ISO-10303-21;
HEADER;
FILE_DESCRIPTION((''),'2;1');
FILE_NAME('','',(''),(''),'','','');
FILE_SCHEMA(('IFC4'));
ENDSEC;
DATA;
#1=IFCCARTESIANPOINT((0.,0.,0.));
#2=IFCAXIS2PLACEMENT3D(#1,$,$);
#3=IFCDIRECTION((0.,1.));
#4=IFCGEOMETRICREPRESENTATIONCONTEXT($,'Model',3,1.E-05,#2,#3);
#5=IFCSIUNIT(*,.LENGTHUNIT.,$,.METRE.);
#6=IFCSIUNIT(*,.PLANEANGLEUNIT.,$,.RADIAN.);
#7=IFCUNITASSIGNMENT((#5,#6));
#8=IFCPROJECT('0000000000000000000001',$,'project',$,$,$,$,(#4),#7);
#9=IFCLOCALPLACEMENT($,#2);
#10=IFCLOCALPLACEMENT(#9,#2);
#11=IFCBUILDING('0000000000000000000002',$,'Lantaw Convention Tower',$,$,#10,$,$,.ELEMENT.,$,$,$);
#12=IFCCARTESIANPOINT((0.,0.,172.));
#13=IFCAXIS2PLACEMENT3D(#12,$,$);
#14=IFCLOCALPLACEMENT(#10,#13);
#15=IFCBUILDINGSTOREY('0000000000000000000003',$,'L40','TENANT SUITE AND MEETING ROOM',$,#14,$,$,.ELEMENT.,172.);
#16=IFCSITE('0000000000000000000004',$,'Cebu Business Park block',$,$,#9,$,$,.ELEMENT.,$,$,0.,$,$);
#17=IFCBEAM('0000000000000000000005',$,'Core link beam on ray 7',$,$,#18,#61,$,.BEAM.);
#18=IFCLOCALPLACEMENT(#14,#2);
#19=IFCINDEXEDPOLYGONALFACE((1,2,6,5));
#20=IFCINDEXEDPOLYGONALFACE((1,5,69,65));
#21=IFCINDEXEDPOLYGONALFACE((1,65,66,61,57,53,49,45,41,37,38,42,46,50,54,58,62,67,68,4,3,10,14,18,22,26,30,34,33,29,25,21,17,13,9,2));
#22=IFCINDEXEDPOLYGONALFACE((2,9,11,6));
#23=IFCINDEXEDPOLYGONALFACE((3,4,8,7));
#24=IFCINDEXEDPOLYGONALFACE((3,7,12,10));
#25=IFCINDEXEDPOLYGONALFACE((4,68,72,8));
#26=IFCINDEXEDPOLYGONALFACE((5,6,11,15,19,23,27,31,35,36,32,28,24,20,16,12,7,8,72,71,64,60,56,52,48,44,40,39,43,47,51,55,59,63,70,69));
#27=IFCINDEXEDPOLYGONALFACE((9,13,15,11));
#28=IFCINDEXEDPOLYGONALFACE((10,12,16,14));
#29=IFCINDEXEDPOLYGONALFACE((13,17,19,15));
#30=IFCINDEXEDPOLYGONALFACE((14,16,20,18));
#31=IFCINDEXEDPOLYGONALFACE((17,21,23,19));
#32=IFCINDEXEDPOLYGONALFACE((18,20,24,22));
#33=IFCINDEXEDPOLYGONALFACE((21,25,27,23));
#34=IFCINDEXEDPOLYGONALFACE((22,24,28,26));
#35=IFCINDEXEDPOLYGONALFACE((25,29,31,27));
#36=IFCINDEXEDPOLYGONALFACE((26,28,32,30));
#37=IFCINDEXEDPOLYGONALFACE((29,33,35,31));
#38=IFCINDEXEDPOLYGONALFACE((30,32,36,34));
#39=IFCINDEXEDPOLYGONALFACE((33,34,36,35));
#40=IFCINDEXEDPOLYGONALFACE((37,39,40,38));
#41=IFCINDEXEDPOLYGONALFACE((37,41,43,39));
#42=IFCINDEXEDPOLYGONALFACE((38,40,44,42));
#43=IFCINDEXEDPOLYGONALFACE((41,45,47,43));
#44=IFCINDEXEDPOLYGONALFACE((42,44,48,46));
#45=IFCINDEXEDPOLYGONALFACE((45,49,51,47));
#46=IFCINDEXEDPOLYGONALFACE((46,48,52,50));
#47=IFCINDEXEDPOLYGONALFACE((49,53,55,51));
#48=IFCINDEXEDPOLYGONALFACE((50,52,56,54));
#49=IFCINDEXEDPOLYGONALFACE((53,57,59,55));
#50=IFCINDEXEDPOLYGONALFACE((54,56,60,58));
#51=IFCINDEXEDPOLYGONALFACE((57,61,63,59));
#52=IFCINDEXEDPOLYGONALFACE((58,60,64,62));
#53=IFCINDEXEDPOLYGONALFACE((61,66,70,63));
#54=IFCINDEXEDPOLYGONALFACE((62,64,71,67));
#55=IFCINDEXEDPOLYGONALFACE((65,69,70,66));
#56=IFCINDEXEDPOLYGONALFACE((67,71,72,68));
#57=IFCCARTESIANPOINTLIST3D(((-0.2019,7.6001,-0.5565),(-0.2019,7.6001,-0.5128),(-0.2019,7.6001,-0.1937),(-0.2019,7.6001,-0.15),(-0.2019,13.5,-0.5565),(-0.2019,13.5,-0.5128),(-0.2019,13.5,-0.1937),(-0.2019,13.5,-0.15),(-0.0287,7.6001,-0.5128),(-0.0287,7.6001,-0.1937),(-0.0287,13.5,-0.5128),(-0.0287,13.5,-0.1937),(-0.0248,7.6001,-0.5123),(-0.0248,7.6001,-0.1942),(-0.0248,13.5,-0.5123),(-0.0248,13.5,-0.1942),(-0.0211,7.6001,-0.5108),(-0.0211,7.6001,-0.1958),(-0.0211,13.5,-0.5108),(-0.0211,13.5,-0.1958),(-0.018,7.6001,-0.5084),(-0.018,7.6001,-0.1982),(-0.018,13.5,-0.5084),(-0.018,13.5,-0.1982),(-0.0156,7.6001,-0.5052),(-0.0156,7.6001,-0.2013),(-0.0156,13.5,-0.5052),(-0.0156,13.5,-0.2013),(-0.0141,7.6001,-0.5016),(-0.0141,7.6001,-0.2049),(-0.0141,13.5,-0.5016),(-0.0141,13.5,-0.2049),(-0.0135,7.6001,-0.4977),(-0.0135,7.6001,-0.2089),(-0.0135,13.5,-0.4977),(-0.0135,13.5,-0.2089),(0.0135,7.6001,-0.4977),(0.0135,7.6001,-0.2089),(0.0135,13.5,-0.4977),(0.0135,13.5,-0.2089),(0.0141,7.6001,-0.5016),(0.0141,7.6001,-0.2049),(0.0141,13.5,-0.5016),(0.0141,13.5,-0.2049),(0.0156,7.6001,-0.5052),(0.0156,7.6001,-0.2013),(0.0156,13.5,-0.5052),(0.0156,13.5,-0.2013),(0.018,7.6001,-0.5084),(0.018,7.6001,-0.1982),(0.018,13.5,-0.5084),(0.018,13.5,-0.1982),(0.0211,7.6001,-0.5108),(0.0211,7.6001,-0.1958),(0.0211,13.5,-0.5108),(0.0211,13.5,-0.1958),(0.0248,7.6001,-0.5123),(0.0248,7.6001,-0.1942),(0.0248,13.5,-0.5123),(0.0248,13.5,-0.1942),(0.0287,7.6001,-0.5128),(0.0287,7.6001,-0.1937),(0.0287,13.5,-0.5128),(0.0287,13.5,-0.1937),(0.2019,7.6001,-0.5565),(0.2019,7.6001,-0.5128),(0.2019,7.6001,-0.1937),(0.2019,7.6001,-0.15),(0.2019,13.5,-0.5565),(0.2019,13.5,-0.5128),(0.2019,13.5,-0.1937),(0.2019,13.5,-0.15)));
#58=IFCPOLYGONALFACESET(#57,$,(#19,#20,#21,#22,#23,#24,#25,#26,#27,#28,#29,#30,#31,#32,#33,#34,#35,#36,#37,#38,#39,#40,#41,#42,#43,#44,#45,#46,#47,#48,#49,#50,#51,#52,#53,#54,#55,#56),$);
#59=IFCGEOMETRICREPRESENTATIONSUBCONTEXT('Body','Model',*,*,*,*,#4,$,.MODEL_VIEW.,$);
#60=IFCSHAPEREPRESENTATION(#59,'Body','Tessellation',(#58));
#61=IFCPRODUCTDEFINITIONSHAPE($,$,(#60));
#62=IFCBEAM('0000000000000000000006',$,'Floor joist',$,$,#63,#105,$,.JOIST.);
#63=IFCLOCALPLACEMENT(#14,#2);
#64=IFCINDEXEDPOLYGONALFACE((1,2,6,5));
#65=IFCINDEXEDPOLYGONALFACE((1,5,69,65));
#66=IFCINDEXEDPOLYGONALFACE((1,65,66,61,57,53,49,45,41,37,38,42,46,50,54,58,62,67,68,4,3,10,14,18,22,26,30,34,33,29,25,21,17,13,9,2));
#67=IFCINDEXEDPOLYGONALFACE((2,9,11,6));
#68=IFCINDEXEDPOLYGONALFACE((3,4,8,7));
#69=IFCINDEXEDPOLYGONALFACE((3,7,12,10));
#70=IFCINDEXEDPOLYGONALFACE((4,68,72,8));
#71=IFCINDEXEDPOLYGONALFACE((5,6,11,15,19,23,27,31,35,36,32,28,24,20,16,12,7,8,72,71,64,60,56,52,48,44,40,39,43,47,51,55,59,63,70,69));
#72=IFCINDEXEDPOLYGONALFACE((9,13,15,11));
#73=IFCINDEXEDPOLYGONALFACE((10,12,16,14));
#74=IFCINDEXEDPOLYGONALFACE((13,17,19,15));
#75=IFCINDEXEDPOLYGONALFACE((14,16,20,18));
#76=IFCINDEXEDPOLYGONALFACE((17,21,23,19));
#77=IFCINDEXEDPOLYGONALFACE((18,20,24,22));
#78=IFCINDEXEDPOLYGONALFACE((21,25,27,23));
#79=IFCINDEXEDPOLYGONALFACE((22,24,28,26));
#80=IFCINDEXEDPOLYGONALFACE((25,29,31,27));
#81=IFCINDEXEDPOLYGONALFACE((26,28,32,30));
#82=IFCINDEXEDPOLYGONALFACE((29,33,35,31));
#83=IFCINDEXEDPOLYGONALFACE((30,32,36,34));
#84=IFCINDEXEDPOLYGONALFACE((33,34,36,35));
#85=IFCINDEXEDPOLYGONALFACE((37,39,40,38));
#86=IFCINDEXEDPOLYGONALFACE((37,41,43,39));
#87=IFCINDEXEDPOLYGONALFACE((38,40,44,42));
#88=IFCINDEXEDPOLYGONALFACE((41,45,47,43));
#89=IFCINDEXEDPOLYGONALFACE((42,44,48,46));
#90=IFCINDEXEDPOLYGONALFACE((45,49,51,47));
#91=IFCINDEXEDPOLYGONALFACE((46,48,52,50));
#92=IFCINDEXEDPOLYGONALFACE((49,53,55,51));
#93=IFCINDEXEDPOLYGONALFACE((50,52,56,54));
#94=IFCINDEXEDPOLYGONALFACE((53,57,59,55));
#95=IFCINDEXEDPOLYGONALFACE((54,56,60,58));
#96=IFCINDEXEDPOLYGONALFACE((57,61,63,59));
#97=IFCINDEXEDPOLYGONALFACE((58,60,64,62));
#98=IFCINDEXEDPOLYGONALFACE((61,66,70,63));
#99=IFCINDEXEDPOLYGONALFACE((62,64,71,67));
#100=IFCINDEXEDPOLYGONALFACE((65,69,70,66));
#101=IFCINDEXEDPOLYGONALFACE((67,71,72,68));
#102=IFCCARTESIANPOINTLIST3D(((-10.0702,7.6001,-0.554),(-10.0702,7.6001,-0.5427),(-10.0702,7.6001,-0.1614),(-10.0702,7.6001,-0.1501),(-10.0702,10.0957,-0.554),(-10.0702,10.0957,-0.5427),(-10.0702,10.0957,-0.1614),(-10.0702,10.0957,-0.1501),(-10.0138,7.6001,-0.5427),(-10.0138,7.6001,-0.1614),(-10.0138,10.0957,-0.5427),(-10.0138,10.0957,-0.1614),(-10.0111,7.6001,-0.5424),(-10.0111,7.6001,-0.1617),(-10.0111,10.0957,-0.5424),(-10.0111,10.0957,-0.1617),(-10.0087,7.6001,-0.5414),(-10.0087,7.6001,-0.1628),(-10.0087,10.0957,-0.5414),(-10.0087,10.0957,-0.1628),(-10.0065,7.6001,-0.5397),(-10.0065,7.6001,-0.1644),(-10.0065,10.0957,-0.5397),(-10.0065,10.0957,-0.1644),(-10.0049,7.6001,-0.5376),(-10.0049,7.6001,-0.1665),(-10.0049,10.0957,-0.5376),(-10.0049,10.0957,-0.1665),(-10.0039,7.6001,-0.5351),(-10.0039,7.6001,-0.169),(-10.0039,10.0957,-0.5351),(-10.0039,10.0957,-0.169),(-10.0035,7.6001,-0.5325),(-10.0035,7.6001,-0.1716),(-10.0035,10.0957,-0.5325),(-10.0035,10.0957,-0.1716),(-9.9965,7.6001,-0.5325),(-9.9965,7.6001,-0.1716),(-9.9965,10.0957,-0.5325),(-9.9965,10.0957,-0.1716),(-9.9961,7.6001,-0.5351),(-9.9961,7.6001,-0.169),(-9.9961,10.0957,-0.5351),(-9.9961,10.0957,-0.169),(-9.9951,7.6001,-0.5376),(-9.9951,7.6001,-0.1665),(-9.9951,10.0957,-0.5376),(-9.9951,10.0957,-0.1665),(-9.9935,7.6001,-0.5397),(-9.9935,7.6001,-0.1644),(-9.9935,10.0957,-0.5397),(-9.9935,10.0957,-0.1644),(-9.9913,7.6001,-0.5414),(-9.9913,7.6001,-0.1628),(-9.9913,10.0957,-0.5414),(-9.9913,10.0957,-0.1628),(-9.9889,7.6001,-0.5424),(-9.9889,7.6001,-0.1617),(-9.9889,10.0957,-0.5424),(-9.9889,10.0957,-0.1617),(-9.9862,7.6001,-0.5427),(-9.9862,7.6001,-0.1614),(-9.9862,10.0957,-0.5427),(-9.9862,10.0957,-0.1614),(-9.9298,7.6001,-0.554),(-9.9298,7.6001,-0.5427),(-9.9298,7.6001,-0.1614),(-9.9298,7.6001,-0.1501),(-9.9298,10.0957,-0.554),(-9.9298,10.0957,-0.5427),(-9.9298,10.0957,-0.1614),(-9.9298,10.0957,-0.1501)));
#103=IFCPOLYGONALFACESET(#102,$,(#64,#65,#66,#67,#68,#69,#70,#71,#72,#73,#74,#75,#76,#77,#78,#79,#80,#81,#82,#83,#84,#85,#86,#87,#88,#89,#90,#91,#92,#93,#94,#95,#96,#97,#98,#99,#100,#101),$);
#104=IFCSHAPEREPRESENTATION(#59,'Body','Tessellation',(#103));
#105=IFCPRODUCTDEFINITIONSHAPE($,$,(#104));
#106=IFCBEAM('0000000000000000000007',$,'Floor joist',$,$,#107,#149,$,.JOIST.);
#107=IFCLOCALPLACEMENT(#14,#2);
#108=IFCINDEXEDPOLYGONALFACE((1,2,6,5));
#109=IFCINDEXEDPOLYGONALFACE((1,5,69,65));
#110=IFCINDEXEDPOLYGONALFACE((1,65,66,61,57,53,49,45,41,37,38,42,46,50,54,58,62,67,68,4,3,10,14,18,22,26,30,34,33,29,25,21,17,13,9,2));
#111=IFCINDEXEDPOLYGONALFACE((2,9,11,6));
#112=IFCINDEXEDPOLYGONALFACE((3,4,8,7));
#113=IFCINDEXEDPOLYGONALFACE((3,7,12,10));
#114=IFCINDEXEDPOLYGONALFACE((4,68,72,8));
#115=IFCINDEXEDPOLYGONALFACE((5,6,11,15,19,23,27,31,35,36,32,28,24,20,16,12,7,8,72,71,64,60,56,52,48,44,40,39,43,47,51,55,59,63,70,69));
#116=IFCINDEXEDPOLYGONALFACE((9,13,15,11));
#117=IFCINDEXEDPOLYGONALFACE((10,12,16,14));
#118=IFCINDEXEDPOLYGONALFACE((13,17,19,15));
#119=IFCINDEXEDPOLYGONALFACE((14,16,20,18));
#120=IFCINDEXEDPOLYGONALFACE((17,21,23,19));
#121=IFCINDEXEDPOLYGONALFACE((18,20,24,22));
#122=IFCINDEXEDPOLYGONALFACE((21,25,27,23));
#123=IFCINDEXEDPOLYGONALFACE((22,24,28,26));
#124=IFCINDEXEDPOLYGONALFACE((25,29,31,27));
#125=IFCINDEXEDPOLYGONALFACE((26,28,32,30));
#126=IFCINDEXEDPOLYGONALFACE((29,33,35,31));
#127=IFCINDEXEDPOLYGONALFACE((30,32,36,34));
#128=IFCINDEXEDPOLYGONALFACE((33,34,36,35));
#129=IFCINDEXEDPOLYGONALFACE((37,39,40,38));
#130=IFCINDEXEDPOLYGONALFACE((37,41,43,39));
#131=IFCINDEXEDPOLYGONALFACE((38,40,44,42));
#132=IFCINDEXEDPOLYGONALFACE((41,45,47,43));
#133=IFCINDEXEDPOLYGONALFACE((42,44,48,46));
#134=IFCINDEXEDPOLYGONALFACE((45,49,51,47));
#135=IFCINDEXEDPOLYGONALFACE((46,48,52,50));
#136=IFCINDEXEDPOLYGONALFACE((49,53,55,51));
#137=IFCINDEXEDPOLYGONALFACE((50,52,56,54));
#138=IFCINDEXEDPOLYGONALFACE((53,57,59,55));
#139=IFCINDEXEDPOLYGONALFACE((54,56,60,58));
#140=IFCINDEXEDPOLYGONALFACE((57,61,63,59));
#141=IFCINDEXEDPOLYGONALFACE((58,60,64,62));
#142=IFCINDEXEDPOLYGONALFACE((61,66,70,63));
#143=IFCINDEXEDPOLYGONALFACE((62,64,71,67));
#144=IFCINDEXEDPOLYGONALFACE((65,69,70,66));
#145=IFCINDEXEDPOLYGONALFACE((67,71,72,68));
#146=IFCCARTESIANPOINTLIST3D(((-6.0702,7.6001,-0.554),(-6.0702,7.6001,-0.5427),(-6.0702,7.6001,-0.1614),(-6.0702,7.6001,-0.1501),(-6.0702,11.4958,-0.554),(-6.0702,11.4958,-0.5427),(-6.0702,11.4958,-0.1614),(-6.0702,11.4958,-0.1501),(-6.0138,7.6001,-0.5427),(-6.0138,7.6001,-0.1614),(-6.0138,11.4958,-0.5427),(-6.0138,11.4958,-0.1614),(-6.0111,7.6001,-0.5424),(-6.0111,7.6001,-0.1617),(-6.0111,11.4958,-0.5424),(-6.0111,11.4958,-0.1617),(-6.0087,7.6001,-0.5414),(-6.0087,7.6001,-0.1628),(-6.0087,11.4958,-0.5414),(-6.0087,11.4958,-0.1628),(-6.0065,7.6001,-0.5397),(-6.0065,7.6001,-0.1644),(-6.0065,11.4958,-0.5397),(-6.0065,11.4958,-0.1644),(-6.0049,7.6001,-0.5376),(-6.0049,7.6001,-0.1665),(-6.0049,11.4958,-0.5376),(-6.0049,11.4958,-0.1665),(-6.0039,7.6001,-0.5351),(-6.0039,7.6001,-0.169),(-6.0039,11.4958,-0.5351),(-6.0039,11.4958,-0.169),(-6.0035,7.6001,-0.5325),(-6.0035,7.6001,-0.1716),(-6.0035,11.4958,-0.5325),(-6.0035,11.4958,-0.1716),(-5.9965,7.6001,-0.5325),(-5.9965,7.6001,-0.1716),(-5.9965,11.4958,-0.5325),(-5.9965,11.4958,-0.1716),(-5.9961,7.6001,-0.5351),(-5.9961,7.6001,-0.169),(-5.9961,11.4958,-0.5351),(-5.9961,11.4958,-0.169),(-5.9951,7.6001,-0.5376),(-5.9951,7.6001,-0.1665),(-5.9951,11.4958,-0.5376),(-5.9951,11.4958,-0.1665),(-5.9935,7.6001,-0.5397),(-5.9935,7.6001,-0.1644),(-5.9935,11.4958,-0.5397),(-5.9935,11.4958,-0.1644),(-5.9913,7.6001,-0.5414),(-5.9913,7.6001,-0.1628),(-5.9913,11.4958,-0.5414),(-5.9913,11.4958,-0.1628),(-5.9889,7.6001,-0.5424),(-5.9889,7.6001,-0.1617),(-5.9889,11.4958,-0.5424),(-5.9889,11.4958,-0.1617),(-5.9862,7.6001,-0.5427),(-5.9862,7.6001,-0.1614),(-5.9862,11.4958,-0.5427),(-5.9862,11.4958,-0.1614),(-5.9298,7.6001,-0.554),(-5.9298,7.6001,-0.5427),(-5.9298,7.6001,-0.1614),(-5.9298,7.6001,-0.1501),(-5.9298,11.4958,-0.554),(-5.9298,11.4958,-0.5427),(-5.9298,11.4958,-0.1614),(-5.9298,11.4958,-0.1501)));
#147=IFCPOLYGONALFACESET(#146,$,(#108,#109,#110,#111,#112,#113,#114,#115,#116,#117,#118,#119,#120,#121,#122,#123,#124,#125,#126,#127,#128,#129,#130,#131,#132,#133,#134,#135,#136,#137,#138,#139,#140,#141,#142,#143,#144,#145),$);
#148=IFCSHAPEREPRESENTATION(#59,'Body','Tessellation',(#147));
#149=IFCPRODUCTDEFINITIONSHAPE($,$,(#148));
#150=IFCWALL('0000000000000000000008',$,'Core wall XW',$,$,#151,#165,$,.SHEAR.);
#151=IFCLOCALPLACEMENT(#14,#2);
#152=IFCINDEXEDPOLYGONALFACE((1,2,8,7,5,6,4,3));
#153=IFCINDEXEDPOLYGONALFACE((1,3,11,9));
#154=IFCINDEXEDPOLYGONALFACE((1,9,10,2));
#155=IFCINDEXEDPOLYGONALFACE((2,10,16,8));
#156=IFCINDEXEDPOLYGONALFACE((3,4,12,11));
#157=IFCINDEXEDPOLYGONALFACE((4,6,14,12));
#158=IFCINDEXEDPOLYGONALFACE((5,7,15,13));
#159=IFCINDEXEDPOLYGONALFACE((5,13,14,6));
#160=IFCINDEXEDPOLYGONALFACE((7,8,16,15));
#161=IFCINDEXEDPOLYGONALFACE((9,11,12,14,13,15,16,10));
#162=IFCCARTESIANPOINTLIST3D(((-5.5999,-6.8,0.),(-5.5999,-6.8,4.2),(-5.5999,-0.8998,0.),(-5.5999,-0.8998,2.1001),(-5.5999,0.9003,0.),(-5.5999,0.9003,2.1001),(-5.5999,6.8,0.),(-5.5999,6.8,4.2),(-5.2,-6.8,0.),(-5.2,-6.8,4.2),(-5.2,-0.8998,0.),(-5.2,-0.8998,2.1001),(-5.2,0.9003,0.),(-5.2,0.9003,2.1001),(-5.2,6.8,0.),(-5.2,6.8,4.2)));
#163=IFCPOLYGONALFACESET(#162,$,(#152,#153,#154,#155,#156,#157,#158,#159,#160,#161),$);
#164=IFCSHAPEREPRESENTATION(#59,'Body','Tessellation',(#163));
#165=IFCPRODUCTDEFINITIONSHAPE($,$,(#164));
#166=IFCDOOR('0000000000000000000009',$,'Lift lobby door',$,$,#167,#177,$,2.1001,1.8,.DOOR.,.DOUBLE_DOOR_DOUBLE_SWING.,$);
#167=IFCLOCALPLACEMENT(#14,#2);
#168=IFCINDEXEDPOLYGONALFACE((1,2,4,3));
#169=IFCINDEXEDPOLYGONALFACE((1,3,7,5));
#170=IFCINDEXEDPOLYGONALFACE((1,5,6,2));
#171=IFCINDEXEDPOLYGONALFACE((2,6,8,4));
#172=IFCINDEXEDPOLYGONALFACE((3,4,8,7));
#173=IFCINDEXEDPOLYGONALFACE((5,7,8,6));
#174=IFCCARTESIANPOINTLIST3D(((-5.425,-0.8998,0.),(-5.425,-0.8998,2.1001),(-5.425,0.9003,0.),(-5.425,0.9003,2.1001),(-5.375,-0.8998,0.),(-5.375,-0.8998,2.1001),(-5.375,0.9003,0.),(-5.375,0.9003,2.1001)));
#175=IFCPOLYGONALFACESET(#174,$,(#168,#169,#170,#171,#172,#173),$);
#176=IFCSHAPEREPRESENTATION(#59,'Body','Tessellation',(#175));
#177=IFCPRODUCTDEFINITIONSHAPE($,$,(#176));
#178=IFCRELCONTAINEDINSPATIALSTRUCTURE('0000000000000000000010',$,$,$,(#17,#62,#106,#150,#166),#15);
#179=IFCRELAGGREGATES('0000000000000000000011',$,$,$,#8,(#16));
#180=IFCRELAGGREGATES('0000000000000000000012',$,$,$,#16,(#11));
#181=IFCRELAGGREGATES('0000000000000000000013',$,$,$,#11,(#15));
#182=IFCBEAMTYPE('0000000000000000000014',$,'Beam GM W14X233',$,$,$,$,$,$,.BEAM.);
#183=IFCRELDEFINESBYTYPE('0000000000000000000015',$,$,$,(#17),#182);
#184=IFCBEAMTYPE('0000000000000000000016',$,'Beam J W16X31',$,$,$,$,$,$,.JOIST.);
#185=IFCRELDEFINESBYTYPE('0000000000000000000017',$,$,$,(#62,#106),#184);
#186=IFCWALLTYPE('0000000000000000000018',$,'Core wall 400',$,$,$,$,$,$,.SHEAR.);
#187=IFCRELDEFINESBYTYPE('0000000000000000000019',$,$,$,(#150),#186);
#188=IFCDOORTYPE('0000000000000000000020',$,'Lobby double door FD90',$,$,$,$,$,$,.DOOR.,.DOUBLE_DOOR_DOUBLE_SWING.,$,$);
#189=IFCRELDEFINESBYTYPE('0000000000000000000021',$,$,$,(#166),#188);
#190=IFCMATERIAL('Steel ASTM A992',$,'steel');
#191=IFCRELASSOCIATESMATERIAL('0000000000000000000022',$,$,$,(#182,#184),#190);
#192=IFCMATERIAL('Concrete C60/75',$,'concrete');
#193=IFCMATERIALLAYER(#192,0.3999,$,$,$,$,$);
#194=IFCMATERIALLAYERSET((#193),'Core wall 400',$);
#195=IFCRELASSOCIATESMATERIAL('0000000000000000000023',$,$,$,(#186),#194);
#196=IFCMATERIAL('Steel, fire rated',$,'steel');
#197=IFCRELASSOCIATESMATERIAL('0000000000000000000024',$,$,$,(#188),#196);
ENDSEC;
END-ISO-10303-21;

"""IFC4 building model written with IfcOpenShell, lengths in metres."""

from ifc_helpers import new_model, si_unit, direction, frame, frame_2d, origin, origin_2d, place, context, subcontext, project, spatial, rectangle, i_section, extrude, material, layer, layer_set, material_profile, profile_set, type_object, element, fill, save


model = new_model("IFC4")

# Units and contexts
model_context = context("Model", 3, precision=1e-05, world=origin(), true_north=direction((0.0, 1.0)))
body_context = subcontext(model_context, "Body", "Model", "MODEL_VIEW")
ifc_project = project(units=[si_unit("LENGTHUNIT", "METRE"), si_unit("PLANEANGLEUNIT", "RADIAN")], contexts=[model_context])

# Site, building, storey
site_placement = place(None, origin())
site = spatial("IfcSite", under=ifc_project, at=site_placement, Name="Cebu Business Park block", CompositionType="ELEMENT", RefElevation=0.0)
building_placement = place(site_placement, origin())
building = spatial("IfcBuilding", under=site, at=building_placement, Name="Lantaw Convention Tower", CompositionType="ELEMENT")
storey_placement = place(building_placement, frame((0.0, 0.0, 172.0)))
storey = spatial("IfcBuildingStorey", under=building, at=storey_placement, Name="L40", Description="TENANT SUITE AND MEETING ROOM", CompositionType="ELEMENT", Elevation=172.0)

# Beams
ifc_material_1 = material(Name="Steel ASTM A992", Category="steel")
ifc_material_profile_1 = material_profile(ifc_material_1, i_section(OverallWidth=0.4038, OverallDepth=0.4065, WebThickness=0.0271, FlangeThickness=0.0437, FilletRadius=0.0151, at=origin_2d()), Name="W14X233")
ifc_profile_set_1 = profile_set([ifc_material_profile_1], Name="Steel ASTM A992")
beam_type_1 = type_object("IfcBeamType", Name="Beam GM W14X233", PredefinedType="BEAM", material=ifc_profile_set_1)
beam_1_placement = place(storey_placement, frame((0.0, 7.6001, -0.3533), z_axis=(0.0, 1.0, 0.0), x_axis=(-1.0, 0.0, 0.0)))
element("IfcBeam", 1, at=beam_1_placement, inside=storey, type_object=beam_type_1, Name="Core link beam on ray 7", PredefinedType="BEAM", context=body_context, shape_type="SweptSolid", body=[
    extrude(i_section(OverallWidth=0.4038, OverallDepth=0.4065, WebThickness=0.0271, FlangeThickness=0.0437, FilletRadius=0.0151, at=origin_2d()), origin(), (0.0, 0.0, 1.0), 5.8999),
])
ifc_material_profile_2 = material_profile(ifc_material_1, i_section(OverallWidth=0.1404, OverallDepth=0.4038, WebThickness=0.0071, FlangeThickness=0.0112, FilletRadius=0.0103, at=origin_2d()), Name="W16X31")
ifc_profile_set_2 = profile_set([ifc_material_profile_2], Name="Steel ASTM A992")
beam_type_2 = type_object("IfcBeamType", Name="Beam J W16X31", PredefinedType="JOIST", material=ifc_profile_set_2)
beam_2_placement = place(storey_placement, frame((-10.0, 7.6001, -0.3521), z_axis=(0.0, 1.0, 0.0), x_axis=(-1.0, 0.0, 0.0)))
element("IfcBeam", 2, at=beam_2_placement, inside=storey, type_object=beam_type_2, Name="Floor joist", PredefinedType="JOIST", context=body_context, shape_type="SweptSolid", body=[
    extrude(i_section(OverallWidth=0.1404, OverallDepth=0.4038, WebThickness=0.0071, FlangeThickness=0.0112, FilletRadius=0.0103, at=origin_2d()), origin(), (0.0, 0.0, 1.0), 2.4956),
])
beam_3_placement = place(storey_placement, frame((-6.0, 7.6001, -0.3521), z_axis=(0.0, 1.0, 0.0), x_axis=(-1.0, 0.0, 0.0)))
element("IfcBeam", 3, at=beam_3_placement, inside=storey, type_object=beam_type_2, Name="Floor joist", PredefinedType="JOIST", context=body_context, shape_type="SweptSolid", body=[
    extrude(i_section(OverallWidth=0.1404, OverallDepth=0.4038, WebThickness=0.0071, FlangeThickness=0.0112, FilletRadius=0.0103, at=origin_2d()), origin(), (0.0, 0.0, 1.0), 3.8958),
])

# Wall, opening, door
ifc_material_2 = material(Name="Concrete C60/75", Category="concrete")
ifc_layer_1 = layer(ifc_material_2, 0.3999)
ifc_layer_set_1 = layer_set([ifc_layer_1], Name="Core wall 400")
wall_type_1 = type_object("IfcWallType", Name="Core wall 400", PredefinedType="SHEAR", material=ifc_layer_set_1)
wall_1_placement = place(storey_placement, frame((-5.3999, 6.8, 0.0), z_axis=(0.0, 0.0, 1.0), x_axis=(0.0, -1.0, 0.0)))
wall_1 = element("IfcWall", 4, at=wall_1_placement, inside=storey, type_object=wall_type_1, Name="Core wall XW", PredefinedType="SHEAR", context=body_context, shape_type="SweptSolid", body=[
    extrude(rectangle(XDim=13.6001, YDim=0.3999, at=frame_2d((6.8, 0.0))), origin(), (0.0, 0.0, 1.0), 4.2),
])
opening_placement = place(wall_1_placement, frame((5.8999, 0.0, 0.0)))
opening = element("IfcOpeningElement", 5, at=opening_placement, cuts=wall_1, PredefinedType="OPENING", context=body_context, shape_type="SweptSolid", body=[
    extrude(rectangle(XDim=1.8, YDim=2.1001, at=frame_2d((0.8999, 1.05))), frame((0.0, 0.21, 0.0), z_axis=(0.0, -1.0, 0.0), x_axis=(1.0, 0.0, 0.0)), (0.0, 0.0, 1.0), 0.4199),
])
ifc_material_3 = material(Name="Steel, fire rated", Category="steel")
door_type = type_object("IfcDoorType", Name="Lobby double door FD90", OperationType="DOUBLE_DOOR_DOUBLE_SWING", PredefinedType="DOOR", material=ifc_material_3)
door_placement = place(opening_placement, origin())
door = element("IfcDoor", 6, at=door_placement, inside=storey, type_object=door_type, Name="Lift lobby door", OperationType="DOUBLE_DOOR_DOUBLE_SWING", OverallHeight=2.1001, OverallWidth=1.8, PredefinedType="DOOR", context=body_context, shape_type="SweptSolid", body=[
    extrude(rectangle(XDim=1.8, YDim=2.1001, at=frame_2d((0.8999, 1.05))), frame((0.0, 0.0249, 0.0), z_axis=(0.0, -1.0, 0.0), x_axis=(1.0, 0.0, 0.0)), (0.0, 0.0, 1.0), 0.05),
])
fill(opening, door)

save(model, "model.ifc")
